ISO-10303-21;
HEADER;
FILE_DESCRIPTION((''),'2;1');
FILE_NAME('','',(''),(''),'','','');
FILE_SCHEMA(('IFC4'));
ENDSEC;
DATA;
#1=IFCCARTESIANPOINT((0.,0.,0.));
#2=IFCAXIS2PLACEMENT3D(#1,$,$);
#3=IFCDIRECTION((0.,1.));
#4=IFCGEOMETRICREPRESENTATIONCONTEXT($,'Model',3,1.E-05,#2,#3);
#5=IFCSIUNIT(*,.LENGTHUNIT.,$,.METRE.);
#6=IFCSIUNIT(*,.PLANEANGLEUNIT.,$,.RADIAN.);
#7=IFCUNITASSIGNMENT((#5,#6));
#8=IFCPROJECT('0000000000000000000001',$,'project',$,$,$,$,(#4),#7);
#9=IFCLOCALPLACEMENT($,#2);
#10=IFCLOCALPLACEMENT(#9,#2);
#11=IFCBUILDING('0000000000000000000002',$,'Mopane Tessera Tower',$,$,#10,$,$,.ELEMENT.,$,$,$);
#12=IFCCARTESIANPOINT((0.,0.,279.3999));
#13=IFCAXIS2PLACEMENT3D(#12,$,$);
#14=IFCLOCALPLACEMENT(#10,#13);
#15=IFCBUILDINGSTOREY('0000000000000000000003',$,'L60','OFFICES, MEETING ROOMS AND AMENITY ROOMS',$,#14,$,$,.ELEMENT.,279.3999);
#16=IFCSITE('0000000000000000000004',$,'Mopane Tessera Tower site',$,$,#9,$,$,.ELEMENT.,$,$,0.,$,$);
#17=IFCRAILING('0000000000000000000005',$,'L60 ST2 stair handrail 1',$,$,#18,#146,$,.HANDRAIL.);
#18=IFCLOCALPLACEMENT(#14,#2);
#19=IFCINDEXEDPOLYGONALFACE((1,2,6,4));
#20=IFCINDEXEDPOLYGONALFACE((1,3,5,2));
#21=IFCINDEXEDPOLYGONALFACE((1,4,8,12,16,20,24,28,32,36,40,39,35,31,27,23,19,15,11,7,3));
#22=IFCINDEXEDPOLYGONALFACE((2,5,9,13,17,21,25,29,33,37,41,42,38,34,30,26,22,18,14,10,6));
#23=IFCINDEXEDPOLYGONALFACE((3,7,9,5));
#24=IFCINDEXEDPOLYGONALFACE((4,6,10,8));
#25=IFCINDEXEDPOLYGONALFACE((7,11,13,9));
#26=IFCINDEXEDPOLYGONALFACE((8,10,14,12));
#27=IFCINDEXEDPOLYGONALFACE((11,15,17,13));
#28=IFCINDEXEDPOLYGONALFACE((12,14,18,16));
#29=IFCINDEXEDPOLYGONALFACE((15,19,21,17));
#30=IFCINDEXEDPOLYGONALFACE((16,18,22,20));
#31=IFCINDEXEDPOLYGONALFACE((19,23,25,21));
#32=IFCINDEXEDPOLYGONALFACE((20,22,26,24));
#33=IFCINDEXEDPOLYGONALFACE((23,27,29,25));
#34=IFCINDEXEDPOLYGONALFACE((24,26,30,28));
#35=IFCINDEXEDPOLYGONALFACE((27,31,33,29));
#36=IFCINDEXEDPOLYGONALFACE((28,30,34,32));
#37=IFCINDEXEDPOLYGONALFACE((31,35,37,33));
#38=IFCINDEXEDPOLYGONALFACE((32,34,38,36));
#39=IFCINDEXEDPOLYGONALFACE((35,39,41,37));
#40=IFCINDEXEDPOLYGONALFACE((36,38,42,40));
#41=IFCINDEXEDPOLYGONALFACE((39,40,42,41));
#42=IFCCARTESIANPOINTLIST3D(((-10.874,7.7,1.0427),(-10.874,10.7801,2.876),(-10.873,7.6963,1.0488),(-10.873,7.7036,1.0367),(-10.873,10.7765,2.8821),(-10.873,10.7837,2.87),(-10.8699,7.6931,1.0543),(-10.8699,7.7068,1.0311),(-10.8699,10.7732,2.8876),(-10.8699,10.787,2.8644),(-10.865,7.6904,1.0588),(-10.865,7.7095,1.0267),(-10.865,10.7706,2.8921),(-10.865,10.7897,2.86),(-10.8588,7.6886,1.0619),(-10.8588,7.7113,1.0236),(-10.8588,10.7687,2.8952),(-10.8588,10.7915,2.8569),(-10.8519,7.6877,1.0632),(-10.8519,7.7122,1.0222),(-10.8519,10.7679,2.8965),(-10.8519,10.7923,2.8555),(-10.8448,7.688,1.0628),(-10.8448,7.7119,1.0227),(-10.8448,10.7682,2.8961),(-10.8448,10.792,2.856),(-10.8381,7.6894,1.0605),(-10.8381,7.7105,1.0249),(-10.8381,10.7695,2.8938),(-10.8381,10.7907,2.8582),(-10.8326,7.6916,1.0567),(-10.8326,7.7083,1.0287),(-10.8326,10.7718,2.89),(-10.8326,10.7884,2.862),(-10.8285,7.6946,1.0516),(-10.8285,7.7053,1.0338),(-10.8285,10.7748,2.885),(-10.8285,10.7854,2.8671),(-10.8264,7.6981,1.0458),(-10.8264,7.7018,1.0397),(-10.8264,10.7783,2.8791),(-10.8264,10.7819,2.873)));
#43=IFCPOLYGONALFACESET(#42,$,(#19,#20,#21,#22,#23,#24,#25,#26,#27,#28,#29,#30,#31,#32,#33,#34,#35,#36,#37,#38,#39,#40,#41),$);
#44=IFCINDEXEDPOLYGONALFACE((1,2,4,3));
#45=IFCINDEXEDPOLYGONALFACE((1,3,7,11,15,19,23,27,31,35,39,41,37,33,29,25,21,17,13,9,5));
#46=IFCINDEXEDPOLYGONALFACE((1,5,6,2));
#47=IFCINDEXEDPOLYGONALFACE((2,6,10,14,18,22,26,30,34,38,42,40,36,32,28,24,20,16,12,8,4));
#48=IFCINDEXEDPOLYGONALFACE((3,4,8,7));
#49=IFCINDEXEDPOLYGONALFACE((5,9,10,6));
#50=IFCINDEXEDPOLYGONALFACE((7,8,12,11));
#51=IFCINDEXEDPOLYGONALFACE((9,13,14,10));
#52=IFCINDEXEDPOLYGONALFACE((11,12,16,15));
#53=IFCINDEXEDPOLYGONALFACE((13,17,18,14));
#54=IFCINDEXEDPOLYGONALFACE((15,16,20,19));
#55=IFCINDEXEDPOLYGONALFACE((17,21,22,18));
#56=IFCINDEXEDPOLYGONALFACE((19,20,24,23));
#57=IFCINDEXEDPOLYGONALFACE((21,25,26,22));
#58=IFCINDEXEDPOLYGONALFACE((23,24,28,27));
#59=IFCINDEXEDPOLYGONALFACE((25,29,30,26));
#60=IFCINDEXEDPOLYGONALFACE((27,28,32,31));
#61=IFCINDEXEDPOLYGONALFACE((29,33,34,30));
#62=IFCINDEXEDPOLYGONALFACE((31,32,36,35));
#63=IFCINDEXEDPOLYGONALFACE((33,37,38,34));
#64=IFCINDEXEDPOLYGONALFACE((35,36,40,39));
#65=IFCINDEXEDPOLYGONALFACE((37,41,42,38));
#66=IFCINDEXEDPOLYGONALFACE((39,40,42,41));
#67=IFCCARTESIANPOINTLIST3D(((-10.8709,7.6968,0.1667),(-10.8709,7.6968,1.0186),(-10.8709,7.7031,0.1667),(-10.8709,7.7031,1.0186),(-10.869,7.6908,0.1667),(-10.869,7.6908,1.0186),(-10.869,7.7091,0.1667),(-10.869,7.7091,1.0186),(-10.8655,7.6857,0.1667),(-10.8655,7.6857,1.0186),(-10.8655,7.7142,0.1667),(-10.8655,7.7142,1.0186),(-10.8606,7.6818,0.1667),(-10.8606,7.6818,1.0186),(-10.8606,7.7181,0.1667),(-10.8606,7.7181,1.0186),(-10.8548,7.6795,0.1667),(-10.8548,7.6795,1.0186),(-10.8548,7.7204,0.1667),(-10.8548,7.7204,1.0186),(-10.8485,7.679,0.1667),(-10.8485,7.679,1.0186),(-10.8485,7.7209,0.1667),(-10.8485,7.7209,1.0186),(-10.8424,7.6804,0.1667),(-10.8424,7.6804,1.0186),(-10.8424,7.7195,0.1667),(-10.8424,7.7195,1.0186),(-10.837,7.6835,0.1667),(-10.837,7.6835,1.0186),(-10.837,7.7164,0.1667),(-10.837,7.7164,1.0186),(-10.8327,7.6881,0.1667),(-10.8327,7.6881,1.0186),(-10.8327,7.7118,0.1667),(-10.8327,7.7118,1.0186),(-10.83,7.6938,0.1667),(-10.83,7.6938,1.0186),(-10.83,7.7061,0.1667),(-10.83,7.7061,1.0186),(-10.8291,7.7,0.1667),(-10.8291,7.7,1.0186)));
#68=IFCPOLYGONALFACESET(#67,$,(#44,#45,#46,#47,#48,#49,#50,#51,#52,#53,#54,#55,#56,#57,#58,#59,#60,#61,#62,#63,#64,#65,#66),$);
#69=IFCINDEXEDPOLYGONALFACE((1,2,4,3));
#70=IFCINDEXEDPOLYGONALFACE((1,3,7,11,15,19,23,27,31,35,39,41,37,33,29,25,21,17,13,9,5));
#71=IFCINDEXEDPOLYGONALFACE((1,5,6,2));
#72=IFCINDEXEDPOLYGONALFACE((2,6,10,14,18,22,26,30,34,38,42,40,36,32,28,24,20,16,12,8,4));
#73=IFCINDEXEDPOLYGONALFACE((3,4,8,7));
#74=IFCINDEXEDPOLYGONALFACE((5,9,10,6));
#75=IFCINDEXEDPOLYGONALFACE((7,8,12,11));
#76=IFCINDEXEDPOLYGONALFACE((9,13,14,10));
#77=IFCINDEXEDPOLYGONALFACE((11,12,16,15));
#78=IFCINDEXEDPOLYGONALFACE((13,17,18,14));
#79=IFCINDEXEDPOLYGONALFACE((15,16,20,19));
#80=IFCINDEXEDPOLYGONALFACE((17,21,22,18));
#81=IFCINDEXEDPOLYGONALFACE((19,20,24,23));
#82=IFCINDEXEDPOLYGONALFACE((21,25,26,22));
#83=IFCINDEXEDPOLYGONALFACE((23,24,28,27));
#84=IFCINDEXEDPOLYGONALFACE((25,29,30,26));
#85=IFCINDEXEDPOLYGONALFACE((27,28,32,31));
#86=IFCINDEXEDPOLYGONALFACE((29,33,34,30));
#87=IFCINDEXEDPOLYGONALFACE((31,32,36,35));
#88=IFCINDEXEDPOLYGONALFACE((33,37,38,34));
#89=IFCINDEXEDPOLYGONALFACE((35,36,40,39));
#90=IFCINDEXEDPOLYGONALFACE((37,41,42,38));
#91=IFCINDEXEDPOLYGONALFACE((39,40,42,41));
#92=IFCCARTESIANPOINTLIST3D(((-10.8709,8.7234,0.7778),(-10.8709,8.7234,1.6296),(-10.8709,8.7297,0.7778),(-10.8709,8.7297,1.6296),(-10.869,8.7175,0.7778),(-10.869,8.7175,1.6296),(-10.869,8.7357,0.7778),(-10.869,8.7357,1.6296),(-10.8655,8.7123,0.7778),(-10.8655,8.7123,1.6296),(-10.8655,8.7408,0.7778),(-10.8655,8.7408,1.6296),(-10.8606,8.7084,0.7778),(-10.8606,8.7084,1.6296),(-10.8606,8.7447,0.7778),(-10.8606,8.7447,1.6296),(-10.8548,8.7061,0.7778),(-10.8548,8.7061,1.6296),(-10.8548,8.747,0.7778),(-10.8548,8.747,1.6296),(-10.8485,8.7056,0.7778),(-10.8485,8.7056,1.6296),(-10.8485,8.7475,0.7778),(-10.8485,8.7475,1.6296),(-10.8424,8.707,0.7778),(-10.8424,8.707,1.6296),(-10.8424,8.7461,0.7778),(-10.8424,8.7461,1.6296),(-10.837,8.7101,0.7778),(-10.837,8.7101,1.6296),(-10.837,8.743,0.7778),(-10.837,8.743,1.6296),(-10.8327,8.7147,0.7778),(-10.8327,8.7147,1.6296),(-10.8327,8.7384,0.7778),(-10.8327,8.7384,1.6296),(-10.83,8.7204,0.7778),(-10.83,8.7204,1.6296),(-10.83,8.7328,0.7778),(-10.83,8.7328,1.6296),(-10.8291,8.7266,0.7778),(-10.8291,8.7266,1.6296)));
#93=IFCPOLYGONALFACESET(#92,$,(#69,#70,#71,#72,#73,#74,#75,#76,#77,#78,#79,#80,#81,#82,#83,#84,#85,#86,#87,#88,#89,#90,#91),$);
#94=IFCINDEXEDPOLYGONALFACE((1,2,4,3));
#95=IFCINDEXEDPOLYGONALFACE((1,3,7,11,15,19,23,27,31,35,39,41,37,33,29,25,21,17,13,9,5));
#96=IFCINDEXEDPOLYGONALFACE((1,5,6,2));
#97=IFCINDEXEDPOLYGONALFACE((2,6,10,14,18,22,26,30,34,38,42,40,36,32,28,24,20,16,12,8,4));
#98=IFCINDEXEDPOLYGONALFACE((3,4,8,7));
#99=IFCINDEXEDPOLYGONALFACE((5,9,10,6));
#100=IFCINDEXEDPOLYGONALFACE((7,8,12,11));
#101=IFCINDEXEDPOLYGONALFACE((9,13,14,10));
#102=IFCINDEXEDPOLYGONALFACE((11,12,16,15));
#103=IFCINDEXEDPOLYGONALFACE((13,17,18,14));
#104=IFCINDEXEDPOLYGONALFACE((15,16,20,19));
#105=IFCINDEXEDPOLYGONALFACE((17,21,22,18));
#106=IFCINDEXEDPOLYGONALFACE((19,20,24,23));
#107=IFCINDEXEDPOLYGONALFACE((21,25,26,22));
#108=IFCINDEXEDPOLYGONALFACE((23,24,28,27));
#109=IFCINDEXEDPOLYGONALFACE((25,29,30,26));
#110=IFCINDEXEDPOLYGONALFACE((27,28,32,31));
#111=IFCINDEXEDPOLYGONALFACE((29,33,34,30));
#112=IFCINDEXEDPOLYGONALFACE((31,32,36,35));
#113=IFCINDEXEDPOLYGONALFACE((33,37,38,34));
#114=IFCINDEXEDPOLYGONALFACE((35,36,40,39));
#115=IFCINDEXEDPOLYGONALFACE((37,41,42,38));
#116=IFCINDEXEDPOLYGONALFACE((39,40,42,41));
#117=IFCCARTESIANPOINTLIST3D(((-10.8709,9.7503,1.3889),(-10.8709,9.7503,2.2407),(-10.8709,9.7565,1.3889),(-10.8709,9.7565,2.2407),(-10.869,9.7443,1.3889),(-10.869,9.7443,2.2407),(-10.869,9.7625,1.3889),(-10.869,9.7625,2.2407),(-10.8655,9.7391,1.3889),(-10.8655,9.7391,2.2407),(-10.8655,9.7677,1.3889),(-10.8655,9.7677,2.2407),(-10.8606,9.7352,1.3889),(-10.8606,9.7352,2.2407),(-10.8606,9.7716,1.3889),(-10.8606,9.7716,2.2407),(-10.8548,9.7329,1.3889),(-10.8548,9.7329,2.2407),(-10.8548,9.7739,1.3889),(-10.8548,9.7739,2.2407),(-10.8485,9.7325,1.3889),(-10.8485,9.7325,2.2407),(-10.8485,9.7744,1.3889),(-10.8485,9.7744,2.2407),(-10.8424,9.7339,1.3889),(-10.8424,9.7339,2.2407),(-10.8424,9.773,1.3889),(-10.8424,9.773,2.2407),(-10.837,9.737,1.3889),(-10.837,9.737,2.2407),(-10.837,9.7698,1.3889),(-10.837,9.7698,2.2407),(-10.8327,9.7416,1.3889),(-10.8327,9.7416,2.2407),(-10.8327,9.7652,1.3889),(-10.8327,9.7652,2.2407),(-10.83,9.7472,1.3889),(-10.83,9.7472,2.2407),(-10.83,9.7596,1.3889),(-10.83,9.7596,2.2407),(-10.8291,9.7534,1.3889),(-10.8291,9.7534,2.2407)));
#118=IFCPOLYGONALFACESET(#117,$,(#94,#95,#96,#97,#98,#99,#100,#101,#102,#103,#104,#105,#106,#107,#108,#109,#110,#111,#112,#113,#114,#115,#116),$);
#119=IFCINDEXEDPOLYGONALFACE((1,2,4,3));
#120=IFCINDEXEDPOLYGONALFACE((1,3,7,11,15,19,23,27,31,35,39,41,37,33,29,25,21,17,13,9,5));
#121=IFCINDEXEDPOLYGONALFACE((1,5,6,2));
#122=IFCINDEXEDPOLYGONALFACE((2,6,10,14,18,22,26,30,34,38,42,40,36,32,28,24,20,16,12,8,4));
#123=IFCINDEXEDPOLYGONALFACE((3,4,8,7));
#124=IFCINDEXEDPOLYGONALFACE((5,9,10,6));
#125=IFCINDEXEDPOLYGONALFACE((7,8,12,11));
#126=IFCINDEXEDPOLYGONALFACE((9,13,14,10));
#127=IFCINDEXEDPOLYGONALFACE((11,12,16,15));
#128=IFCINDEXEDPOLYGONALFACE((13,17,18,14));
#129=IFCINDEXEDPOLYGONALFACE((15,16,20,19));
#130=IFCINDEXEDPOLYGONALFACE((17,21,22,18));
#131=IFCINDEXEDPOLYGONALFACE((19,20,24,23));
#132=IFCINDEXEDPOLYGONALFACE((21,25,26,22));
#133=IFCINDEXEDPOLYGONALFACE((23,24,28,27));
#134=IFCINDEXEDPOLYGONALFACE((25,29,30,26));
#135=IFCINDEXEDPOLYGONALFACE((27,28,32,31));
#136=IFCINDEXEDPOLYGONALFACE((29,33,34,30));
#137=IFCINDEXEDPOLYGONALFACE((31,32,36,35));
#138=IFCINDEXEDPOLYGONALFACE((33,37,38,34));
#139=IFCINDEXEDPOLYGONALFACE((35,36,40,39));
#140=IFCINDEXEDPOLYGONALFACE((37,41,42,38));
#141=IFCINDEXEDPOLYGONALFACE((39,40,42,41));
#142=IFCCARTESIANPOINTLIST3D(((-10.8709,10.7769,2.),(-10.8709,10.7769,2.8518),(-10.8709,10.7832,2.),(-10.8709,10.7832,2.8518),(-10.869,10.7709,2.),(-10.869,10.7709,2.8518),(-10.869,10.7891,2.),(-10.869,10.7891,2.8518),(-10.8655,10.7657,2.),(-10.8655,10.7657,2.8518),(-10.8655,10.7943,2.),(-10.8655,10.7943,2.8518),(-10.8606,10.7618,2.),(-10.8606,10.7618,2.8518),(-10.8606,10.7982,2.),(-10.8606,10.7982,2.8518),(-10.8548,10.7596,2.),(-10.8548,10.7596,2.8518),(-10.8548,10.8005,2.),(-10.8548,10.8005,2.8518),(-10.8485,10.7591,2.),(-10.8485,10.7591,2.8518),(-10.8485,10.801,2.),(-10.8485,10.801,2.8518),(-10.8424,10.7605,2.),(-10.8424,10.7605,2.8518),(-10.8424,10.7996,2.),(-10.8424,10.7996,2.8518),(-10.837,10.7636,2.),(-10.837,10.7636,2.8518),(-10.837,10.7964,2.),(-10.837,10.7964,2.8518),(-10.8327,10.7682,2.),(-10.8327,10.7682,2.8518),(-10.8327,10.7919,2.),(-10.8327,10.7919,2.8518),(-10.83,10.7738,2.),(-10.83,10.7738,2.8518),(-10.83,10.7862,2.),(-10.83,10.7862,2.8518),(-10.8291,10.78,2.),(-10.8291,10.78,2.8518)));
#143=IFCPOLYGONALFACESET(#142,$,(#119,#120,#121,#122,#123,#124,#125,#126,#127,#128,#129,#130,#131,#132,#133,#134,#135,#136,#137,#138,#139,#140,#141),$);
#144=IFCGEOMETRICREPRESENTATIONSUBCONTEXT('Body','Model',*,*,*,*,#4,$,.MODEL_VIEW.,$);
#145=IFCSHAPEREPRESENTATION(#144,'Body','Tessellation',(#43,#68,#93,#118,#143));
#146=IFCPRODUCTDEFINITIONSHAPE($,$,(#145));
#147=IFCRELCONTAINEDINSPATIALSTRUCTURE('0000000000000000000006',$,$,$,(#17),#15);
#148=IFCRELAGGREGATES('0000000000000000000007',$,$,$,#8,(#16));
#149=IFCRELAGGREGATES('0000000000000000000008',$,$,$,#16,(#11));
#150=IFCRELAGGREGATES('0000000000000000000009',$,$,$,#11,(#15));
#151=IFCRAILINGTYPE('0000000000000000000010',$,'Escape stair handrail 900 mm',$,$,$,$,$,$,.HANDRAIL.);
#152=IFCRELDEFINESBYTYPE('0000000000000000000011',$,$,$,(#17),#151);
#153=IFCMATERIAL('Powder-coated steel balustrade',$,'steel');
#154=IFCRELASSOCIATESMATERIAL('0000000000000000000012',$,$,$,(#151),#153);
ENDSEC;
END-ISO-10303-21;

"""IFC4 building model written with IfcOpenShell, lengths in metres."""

from ifc_helpers import new_model, si_unit, direction, frame, origin, origin_2d, place, context, subcontext, project, spatial, circle, extrude, material, type_object, element, save


model = new_model("IFC4")

# Units and contexts
model_context = context("Model", 3, precision=1e-05, world=origin(), true_north=direction((0.0, 1.0)))
body_context = subcontext(model_context, "Body", "Model", "MODEL_VIEW")
ifc_project = project(units=[si_unit("LENGTHUNIT", "METRE"), si_unit("PLANEANGLEUNIT", "RADIAN")], contexts=[model_context])

# Site, building, storey
site_placement = place(None, origin())
site = spatial("IfcSite", under=ifc_project, at=site_placement, Name="Mopane Tessera Tower site", CompositionType="ELEMENT", RefElevation=0.0)
building_placement = place(site_placement, origin())
building = spatial("IfcBuilding", under=site, at=building_placement, Name="Mopane Tessera Tower", CompositionType="ELEMENT")
storey_placement = place(building_placement, frame((0.0, 0.0, 279.3999)))
storey = spatial("IfcBuildingStorey", under=building, at=storey_placement, Name="L60", Description="OFFICES, MEETING ROOMS AND AMENITY ROOMS", CompositionType="ELEMENT", Elevation=279.3999)

# Railing
ifc_material_1 = material(Name="Powder-coated steel balustrade", Category="steel")
railing_type_1 = type_object("IfcRailingType", Name="Escape stair handrail 900 mm", PredefinedType="HANDRAIL", material=ifc_material_1)
railing_1_placement = place(storey_placement, frame((-10.8501, 7.7, 0.1667)))
element("IfcRailing", 1, at=railing_1_placement, inside=storey, type_object=railing_type_1, Name="L60 ST2 stair handrail 1", PredefinedType="HANDRAIL", context=body_context, shape_type="SweptSolid", body=[
    extrude(circle(Radius=0.0239, at=origin_2d()), frame((0.0, 0.0, 0.876), z_axis=(0.0, 0.859309, 0.511458), x_axis=(-1.0, 0.0, 0.0)), (0.0, 0.0, 1.0), 3.5845),
    extrude(circle(Radius=0.021, at=origin_2d()), origin(), (0.0, 0.0, 1.0), 0.8518),
    extrude(circle(Radius=0.021, at=origin_2d()), frame((0.0, 1.0266, 0.6111)), (0.0, 0.0, 1.0), 0.8518),
    extrude(circle(Radius=0.021, at=origin_2d()), frame((0.0, 2.0535, 1.2222)), (0.0, 0.0, 1.0), 0.8518),
    extrude(circle(Radius=0.021, at=origin_2d()), frame((0.0, 3.0801, 1.8333)), (0.0, 0.0, 1.0), 0.8518),
])

save(model, "model.ifc")
